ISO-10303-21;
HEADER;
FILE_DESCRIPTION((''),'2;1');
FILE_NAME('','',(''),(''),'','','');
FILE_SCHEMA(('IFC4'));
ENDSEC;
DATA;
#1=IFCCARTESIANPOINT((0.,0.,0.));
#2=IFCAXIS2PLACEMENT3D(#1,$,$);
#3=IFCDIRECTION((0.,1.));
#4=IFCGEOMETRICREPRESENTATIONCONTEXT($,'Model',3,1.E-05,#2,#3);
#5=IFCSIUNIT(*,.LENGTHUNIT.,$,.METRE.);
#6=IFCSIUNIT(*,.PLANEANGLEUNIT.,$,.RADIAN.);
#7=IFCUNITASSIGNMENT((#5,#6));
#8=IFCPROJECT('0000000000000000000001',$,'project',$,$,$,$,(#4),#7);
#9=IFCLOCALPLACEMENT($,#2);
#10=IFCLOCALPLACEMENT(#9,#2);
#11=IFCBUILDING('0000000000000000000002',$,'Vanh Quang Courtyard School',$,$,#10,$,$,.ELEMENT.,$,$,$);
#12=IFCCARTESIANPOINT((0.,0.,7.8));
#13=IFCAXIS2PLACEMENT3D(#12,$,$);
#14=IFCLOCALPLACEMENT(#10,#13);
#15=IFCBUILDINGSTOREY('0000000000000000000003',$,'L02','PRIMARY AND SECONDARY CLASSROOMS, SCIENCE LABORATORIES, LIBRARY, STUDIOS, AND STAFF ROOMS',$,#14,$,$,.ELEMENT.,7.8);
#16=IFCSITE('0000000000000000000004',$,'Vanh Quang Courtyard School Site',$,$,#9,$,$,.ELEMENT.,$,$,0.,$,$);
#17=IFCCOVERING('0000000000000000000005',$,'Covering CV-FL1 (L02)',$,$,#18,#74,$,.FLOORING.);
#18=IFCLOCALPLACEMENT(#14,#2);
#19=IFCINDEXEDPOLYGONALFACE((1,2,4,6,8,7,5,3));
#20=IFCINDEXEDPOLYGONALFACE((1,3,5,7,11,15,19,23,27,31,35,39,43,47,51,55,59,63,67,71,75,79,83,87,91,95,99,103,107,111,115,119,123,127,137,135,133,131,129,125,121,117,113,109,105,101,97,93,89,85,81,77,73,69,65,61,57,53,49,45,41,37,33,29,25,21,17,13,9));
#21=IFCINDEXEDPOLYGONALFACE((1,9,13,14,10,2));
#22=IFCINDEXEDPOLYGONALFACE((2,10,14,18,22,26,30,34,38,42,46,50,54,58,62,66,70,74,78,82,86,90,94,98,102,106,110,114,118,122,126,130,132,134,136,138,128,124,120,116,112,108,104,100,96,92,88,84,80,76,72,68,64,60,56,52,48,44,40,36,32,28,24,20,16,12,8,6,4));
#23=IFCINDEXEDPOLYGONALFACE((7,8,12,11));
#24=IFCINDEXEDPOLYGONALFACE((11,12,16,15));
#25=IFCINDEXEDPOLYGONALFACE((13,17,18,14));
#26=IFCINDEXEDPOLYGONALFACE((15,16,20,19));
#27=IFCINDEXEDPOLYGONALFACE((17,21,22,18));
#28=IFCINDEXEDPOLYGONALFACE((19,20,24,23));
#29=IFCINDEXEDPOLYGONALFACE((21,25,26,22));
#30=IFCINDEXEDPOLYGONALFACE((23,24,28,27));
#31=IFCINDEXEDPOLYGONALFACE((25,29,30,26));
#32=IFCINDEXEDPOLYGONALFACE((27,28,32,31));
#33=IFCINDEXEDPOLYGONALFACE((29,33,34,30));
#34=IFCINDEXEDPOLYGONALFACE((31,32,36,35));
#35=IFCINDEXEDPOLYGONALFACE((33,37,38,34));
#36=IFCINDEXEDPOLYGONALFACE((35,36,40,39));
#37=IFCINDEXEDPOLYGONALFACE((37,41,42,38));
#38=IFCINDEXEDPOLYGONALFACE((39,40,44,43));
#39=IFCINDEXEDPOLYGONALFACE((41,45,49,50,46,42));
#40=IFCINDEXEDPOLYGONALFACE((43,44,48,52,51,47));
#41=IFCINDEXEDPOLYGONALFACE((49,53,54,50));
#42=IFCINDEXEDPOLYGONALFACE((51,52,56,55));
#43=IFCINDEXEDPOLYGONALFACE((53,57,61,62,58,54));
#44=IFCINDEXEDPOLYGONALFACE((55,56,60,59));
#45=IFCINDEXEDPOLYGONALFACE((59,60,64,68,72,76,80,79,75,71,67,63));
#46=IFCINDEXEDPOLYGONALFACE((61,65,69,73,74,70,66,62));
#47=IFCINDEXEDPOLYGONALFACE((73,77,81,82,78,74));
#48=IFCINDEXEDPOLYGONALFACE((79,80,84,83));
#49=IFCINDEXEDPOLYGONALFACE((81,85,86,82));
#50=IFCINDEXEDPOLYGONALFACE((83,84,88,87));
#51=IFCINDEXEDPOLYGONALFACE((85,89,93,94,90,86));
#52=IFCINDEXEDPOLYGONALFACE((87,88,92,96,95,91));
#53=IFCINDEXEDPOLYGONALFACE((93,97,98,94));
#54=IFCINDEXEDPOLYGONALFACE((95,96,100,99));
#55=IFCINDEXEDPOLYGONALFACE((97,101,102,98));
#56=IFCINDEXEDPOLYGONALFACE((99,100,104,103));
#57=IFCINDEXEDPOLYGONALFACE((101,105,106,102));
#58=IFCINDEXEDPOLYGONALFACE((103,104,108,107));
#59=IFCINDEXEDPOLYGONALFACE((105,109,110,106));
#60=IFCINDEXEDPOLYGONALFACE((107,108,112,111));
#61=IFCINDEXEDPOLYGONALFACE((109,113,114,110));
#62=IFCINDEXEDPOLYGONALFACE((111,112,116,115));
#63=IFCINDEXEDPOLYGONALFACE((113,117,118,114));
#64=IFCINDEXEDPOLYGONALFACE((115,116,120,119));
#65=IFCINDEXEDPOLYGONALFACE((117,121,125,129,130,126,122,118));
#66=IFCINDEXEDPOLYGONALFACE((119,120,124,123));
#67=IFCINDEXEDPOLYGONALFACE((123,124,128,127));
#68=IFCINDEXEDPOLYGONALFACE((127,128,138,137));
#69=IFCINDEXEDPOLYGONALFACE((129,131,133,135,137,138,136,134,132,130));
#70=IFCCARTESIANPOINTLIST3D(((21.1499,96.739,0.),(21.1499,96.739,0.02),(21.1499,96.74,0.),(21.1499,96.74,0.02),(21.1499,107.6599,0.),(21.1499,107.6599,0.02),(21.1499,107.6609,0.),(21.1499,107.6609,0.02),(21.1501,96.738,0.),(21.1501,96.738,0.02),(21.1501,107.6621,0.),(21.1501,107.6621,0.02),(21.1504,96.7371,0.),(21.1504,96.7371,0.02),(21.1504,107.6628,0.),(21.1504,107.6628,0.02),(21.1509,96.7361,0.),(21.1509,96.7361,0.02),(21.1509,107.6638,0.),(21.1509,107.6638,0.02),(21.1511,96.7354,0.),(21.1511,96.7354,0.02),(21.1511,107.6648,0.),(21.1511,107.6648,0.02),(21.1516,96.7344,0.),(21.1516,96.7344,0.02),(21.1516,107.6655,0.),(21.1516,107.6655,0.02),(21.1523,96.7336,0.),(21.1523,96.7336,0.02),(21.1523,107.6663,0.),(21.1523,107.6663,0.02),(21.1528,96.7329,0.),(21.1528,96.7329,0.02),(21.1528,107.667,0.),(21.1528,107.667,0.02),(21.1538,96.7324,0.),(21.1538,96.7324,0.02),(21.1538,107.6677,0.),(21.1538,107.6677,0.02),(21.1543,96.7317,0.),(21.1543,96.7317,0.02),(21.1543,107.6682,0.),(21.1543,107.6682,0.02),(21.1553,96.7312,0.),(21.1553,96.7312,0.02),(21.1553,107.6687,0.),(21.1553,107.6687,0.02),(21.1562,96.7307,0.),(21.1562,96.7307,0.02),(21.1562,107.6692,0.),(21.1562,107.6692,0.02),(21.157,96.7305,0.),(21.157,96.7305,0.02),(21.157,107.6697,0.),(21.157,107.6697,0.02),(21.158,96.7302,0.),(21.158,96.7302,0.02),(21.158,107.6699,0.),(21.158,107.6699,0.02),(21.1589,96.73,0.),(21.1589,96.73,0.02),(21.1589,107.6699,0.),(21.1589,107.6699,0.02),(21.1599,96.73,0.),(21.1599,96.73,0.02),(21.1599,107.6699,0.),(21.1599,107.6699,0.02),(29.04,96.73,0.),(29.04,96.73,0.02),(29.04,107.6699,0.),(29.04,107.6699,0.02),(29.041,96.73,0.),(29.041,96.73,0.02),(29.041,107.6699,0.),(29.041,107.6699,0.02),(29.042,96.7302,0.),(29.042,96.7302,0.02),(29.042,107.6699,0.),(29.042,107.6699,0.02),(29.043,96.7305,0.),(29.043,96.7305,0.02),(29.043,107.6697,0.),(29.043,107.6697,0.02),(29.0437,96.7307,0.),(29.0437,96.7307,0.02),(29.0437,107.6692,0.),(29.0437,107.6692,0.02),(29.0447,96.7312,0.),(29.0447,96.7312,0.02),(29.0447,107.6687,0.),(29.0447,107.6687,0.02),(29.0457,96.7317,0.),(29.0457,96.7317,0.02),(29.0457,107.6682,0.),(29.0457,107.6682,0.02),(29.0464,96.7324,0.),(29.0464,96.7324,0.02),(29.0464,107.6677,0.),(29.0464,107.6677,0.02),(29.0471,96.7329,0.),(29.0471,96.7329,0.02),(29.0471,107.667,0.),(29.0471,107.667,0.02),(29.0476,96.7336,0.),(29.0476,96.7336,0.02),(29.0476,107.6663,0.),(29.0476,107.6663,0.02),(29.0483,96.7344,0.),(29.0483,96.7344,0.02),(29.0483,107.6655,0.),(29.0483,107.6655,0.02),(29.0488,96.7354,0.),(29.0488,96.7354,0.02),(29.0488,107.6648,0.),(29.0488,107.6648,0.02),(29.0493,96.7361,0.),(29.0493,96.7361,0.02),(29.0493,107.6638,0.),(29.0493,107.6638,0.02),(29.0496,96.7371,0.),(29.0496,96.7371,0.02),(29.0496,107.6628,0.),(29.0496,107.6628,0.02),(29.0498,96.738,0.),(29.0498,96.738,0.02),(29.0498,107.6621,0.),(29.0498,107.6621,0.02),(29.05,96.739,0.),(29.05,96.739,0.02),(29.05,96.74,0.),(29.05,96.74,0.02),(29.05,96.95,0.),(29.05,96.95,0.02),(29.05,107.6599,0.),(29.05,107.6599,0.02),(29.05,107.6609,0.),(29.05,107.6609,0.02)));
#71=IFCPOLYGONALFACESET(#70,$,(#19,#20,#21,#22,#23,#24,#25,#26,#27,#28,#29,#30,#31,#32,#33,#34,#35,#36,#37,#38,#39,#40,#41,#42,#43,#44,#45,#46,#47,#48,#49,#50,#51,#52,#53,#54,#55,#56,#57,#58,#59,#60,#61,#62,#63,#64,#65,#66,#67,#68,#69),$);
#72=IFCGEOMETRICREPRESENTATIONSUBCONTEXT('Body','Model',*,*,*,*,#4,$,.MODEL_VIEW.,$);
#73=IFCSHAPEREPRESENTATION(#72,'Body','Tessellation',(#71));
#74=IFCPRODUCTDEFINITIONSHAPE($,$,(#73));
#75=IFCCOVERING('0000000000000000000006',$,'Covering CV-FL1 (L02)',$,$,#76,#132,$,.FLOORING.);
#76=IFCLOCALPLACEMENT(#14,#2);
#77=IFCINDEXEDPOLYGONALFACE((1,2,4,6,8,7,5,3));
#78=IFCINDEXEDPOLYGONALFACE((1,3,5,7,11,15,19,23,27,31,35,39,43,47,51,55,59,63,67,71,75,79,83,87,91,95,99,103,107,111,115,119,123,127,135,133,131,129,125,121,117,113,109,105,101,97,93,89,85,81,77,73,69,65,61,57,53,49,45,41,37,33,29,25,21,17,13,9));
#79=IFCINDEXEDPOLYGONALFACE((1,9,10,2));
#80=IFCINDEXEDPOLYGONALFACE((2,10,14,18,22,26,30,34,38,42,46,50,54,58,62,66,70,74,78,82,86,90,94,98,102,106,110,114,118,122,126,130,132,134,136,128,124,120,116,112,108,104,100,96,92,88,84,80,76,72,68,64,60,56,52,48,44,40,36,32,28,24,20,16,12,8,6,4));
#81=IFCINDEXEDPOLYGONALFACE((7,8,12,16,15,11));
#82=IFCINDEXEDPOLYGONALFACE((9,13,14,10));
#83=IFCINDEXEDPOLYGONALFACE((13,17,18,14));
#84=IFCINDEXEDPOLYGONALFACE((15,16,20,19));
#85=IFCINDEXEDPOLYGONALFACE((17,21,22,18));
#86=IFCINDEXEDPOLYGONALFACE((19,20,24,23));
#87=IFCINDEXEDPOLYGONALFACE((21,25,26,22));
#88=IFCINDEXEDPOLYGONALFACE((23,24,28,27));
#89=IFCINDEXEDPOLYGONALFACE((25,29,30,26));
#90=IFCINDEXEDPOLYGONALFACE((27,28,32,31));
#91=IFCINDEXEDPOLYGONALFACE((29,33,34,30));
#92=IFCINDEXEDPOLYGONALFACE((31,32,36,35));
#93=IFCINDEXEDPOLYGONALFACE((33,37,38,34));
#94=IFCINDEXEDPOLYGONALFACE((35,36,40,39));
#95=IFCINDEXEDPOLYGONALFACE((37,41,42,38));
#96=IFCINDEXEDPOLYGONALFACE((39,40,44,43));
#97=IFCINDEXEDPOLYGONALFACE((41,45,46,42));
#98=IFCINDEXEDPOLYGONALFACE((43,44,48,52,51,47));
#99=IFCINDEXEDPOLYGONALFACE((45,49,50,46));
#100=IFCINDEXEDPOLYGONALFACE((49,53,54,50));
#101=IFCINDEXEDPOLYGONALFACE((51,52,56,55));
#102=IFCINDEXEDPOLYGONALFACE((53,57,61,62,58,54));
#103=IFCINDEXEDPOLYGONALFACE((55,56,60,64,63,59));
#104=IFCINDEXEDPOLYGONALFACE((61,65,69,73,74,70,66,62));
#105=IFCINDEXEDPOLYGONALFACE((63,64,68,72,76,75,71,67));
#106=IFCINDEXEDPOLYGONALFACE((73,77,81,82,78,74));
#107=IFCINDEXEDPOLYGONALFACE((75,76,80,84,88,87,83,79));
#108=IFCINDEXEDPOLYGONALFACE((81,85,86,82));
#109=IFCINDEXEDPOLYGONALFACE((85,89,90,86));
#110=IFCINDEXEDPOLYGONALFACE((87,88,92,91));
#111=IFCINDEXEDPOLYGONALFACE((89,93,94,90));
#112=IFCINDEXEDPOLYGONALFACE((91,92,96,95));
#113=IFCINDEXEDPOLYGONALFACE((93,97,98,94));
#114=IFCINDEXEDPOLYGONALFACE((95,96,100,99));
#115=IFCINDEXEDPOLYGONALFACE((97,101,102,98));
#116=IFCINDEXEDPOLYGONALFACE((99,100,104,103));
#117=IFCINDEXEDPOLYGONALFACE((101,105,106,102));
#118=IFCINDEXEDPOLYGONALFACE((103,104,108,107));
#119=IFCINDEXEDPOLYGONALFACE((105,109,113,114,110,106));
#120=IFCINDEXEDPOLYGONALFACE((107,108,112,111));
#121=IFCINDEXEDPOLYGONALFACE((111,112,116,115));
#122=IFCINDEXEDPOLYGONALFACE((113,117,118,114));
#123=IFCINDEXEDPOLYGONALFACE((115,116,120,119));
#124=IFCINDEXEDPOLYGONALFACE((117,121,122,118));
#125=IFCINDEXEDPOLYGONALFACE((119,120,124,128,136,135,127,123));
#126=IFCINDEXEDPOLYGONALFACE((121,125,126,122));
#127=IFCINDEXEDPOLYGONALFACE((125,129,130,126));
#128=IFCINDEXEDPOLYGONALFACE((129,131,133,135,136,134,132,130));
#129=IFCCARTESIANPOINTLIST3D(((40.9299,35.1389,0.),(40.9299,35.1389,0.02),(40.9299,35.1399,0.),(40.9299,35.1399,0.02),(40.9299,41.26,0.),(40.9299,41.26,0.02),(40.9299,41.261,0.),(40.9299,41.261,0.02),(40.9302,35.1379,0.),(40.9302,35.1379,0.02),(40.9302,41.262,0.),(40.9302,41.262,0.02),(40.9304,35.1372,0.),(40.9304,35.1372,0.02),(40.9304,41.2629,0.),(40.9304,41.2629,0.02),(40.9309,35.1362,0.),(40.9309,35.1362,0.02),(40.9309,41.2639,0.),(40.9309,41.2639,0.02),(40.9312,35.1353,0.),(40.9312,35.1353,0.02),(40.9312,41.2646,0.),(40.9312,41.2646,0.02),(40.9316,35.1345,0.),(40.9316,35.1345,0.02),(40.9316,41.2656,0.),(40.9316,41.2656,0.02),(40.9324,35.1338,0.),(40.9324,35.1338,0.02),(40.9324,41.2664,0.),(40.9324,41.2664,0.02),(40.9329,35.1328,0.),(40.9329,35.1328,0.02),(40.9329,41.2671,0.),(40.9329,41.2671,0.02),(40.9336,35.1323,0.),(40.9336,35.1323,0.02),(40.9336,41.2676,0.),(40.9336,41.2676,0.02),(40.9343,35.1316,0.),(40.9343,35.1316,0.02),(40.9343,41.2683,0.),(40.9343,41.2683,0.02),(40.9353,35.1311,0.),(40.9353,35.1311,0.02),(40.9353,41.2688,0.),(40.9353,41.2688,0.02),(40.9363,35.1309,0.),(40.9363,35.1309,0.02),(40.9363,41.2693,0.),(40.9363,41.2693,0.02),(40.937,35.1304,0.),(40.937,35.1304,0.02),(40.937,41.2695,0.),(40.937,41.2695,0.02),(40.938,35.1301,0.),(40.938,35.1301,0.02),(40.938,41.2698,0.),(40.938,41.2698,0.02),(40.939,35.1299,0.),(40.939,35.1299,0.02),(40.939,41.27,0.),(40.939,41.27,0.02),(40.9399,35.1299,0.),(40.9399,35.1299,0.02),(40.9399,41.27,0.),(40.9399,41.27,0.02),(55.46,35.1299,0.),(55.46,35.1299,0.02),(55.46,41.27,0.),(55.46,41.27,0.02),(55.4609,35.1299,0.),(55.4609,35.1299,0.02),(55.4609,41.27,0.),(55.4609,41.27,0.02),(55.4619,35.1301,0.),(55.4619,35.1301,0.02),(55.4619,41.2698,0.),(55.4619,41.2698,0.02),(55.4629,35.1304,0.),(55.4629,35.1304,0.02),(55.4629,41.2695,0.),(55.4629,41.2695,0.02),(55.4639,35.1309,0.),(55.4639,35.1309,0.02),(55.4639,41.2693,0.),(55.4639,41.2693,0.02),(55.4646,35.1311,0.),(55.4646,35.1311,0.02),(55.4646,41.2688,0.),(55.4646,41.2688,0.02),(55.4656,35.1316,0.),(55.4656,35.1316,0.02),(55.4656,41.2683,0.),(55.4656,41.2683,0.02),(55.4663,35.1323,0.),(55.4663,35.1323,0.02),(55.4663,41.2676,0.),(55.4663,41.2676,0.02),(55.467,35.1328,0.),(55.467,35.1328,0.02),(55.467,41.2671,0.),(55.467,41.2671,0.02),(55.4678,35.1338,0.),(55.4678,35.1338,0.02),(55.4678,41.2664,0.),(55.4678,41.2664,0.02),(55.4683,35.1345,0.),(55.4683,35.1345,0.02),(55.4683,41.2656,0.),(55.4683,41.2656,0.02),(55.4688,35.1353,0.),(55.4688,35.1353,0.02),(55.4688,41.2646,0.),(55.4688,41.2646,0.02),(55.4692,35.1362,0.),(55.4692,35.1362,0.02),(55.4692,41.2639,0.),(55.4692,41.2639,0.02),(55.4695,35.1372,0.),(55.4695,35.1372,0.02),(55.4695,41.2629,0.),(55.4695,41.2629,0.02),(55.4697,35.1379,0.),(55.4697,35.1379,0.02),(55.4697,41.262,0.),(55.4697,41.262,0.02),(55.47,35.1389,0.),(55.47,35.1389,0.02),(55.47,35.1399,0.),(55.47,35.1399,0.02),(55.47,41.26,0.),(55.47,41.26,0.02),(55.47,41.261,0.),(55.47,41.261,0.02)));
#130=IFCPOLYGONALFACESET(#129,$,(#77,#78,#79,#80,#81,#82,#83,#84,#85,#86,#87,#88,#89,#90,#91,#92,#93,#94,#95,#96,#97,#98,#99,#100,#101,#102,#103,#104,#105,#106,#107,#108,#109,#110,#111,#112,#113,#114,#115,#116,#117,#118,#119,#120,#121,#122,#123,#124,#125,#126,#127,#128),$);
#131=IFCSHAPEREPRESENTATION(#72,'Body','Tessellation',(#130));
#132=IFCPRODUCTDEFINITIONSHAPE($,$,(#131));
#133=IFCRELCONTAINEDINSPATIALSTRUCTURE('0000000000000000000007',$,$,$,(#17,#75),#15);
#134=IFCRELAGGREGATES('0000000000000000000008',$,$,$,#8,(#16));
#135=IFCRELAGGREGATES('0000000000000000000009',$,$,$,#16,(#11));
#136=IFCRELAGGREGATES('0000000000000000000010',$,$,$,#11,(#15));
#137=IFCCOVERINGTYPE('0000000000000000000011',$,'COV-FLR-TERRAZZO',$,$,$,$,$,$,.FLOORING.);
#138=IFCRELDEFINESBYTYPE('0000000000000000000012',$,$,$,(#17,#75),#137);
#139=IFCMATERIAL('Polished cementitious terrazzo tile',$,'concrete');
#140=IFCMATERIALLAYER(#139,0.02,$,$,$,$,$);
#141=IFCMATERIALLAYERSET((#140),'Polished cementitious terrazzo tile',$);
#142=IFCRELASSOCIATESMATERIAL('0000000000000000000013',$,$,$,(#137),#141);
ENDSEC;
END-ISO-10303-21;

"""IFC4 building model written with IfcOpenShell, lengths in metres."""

from ifc_helpers import new_model, si_unit, direction, frame, origin, place, context, subcontext, project, spatial, polyline, outline, extrude, material, layer, layer_set, type_object, element, save


model = new_model("IFC4")

# Units and contexts
model_context = context("Model", 3, precision=1e-05, world=origin(), true_north=direction((0.0, 1.0)))
body_context = subcontext(model_context, "Body", "Model", "MODEL_VIEW")
ifc_project = project(units=[si_unit("LENGTHUNIT", "METRE"), si_unit("PLANEANGLEUNIT", "RADIAN")], contexts=[model_context])

# Site, building, storey
site_placement = place(None, origin())
site = spatial("IfcSite", under=ifc_project, at=site_placement, Name="Vanh Quang Courtyard School Site", CompositionType="ELEMENT", RefElevation=0.0)
building_placement = place(site_placement, origin())
building = spatial("IfcBuilding", under=site, at=building_placement, Name="Vanh Quang Courtyard School", CompositionType="ELEMENT")
storey_placement = place(building_placement, frame((0.0, 0.0, 7.8)))
storey = spatial("IfcBuildingStorey", under=building, at=storey_placement, Name="L02", Description="PRIMARY AND SECONDARY CLASSROOMS, SCIENCE LABORATORIES, LIBRARY, STUDIOS, AND STAFF ROOMS", CompositionType="ELEMENT", Elevation=7.8)

# Coverings
ifc_material_1 = material(Name="Polished cementitious terrazzo tile", Category="concrete")
ifc_layer_1 = layer(ifc_material_1, 0.02)
ifc_layer_set_1 = layer_set([ifc_layer_1], Name="Polished cementitious terrazzo tile")
covering_type_1 = type_object("IfcCoveringType", Name="COV-FLR-TERRAZZO", PredefinedType="FLOORING", material=ifc_layer_set_1)
covering_1_placement = place(storey_placement, origin())
element("IfcCovering", 1, at=covering_1_placement, inside=storey, type_object=covering_type_1, Name="Covering CV-FL1 (L02)", PredefinedType="FLOORING", context=body_context, shape_type="SweptSolid", body=[
    extrude(outline(polyline([(21.1499, 107.6599), (21.1499, 107.6609), (21.1501, 107.6621), (21.1504, 107.6628), (21.1509, 107.6638), (21.1511, 107.6648), (21.1516, 107.6655), (21.1523, 107.6663), (21.1528, 107.667), (21.1538, 107.6677), (21.1543, 107.6682), (21.1553, 107.6687), (21.1562, 107.6692), (21.157, 107.6697), (21.158, 107.6699), (21.1589, 107.6699), (21.1599, 107.6699), (29.04, 107.6699), (29.041, 107.6699), (29.042, 107.6699), (29.043, 107.6697), (29.0437, 107.6692), (29.0447, 107.6687), (29.0457, 107.6682), (29.0464, 107.6677), (29.0471, 107.667), (29.0476, 107.6663), (29.0483, 107.6655), (29.0488, 107.6648), (29.0493, 107.6638), (29.0496, 107.6628), (29.0498, 107.6621), (29.05, 107.6609), (29.05, 107.6599), (29.05, 96.95), (29.05, 96.95), (29.05, 96.74), (29.05, 96.739), (29.0498, 96.738), (29.0496, 96.7371), (29.0493, 96.7361), (29.0488, 96.7354), (29.0483, 96.7344), (29.0476, 96.7336), (29.0471, 96.7329), (29.0464, 96.7324), (29.0457, 96.7317), (29.0447, 96.7312), (29.0437, 96.7307), (29.043, 96.7305), (29.042, 96.7302), (29.041, 96.73), (29.04, 96.73), (21.1599, 96.73), (21.1589, 96.73), (21.158, 96.7302), (21.157, 96.7305), (21.1562, 96.7307), (21.1553, 96.7312), (21.1543, 96.7317), (21.1538, 96.7324), (21.1528, 96.7329), (21.1523, 96.7336), (21.1516, 96.7344), (21.1511, 96.7354), (21.1509, 96.7361), (21.1504, 96.7371), (21.1501, 96.738), (21.1499, 96.739), (21.1499, 96.74), (21.1499, 107.6599)])), origin(), (0.0, 0.0, 1.0), 0.02),
])
covering_2_placement = place(storey_placement, origin())
element("IfcCovering", 2, at=covering_2_placement, inside=storey, type_object=covering_type_1, Name="Covering CV-FL1 (L02)", PredefinedType="FLOORING", context=body_context, shape_type="SweptSolid", body=[
    extrude(outline(polyline([(55.47, 35.1399), (55.47, 35.1389), (55.4697, 35.1379), (55.4695, 35.1372), (55.4692, 35.1362), (55.4688, 35.1353), (55.4683, 35.1345), (55.4678, 35.1338), (55.467, 35.1328), (55.4663, 35.1323), (55.4656, 35.1316), (55.4646, 35.1311), (55.4639, 35.1309), (55.4629, 35.1304), (55.4619, 35.1301), (55.4609, 35.1299), (55.46, 35.1299), (40.9399, 35.1299), (40.939, 35.1299), (40.938, 35.1301), (40.937, 35.1304), (40.9363, 35.1309), (40.9353, 35.1311), (40.9343, 35.1316), (40.9336, 35.1323), (40.9329, 35.1328), (40.9324, 35.1338), (40.9316, 35.1345), (40.9312, 35.1353), (40.9309, 35.1362), (40.9304, 35.1372), (40.9302, 35.1379), (40.9299, 35.1389), (40.9299, 35.1399), (40.9299, 41.26), (40.9299, 41.261), (40.9302, 41.262), (40.9304, 41.2629), (40.9309, 41.2639), (40.9312, 41.2646), (40.9316, 41.2656), (40.9324, 41.2664), (40.9329, 41.2671), (40.9336, 41.2676), (40.9343, 41.2683), (40.9353, 41.2688), (40.9363, 41.2693), (40.937, 41.2695), (40.938, 41.2698), (40.939, 41.27), (40.9399, 41.27), (55.46, 41.27), (55.4609, 41.27), (55.4619, 41.2698), (55.4629, 41.2695), (55.4639, 41.2693), (55.4646, 41.2688), (55.4656, 41.2683), (55.4663, 41.2676), (55.467, 41.2671), (55.4678, 41.2664), (55.4683, 41.2656), (55.4688, 41.2646), (55.4692, 41.2639), (55.4695, 41.2629), (55.4697, 41.262), (55.47, 41.261), (55.47, 41.26), (55.47, 35.1399)])), origin(), (0.0, 0.0, 1.0), 0.02),
])

save(model, "model.ifc")
